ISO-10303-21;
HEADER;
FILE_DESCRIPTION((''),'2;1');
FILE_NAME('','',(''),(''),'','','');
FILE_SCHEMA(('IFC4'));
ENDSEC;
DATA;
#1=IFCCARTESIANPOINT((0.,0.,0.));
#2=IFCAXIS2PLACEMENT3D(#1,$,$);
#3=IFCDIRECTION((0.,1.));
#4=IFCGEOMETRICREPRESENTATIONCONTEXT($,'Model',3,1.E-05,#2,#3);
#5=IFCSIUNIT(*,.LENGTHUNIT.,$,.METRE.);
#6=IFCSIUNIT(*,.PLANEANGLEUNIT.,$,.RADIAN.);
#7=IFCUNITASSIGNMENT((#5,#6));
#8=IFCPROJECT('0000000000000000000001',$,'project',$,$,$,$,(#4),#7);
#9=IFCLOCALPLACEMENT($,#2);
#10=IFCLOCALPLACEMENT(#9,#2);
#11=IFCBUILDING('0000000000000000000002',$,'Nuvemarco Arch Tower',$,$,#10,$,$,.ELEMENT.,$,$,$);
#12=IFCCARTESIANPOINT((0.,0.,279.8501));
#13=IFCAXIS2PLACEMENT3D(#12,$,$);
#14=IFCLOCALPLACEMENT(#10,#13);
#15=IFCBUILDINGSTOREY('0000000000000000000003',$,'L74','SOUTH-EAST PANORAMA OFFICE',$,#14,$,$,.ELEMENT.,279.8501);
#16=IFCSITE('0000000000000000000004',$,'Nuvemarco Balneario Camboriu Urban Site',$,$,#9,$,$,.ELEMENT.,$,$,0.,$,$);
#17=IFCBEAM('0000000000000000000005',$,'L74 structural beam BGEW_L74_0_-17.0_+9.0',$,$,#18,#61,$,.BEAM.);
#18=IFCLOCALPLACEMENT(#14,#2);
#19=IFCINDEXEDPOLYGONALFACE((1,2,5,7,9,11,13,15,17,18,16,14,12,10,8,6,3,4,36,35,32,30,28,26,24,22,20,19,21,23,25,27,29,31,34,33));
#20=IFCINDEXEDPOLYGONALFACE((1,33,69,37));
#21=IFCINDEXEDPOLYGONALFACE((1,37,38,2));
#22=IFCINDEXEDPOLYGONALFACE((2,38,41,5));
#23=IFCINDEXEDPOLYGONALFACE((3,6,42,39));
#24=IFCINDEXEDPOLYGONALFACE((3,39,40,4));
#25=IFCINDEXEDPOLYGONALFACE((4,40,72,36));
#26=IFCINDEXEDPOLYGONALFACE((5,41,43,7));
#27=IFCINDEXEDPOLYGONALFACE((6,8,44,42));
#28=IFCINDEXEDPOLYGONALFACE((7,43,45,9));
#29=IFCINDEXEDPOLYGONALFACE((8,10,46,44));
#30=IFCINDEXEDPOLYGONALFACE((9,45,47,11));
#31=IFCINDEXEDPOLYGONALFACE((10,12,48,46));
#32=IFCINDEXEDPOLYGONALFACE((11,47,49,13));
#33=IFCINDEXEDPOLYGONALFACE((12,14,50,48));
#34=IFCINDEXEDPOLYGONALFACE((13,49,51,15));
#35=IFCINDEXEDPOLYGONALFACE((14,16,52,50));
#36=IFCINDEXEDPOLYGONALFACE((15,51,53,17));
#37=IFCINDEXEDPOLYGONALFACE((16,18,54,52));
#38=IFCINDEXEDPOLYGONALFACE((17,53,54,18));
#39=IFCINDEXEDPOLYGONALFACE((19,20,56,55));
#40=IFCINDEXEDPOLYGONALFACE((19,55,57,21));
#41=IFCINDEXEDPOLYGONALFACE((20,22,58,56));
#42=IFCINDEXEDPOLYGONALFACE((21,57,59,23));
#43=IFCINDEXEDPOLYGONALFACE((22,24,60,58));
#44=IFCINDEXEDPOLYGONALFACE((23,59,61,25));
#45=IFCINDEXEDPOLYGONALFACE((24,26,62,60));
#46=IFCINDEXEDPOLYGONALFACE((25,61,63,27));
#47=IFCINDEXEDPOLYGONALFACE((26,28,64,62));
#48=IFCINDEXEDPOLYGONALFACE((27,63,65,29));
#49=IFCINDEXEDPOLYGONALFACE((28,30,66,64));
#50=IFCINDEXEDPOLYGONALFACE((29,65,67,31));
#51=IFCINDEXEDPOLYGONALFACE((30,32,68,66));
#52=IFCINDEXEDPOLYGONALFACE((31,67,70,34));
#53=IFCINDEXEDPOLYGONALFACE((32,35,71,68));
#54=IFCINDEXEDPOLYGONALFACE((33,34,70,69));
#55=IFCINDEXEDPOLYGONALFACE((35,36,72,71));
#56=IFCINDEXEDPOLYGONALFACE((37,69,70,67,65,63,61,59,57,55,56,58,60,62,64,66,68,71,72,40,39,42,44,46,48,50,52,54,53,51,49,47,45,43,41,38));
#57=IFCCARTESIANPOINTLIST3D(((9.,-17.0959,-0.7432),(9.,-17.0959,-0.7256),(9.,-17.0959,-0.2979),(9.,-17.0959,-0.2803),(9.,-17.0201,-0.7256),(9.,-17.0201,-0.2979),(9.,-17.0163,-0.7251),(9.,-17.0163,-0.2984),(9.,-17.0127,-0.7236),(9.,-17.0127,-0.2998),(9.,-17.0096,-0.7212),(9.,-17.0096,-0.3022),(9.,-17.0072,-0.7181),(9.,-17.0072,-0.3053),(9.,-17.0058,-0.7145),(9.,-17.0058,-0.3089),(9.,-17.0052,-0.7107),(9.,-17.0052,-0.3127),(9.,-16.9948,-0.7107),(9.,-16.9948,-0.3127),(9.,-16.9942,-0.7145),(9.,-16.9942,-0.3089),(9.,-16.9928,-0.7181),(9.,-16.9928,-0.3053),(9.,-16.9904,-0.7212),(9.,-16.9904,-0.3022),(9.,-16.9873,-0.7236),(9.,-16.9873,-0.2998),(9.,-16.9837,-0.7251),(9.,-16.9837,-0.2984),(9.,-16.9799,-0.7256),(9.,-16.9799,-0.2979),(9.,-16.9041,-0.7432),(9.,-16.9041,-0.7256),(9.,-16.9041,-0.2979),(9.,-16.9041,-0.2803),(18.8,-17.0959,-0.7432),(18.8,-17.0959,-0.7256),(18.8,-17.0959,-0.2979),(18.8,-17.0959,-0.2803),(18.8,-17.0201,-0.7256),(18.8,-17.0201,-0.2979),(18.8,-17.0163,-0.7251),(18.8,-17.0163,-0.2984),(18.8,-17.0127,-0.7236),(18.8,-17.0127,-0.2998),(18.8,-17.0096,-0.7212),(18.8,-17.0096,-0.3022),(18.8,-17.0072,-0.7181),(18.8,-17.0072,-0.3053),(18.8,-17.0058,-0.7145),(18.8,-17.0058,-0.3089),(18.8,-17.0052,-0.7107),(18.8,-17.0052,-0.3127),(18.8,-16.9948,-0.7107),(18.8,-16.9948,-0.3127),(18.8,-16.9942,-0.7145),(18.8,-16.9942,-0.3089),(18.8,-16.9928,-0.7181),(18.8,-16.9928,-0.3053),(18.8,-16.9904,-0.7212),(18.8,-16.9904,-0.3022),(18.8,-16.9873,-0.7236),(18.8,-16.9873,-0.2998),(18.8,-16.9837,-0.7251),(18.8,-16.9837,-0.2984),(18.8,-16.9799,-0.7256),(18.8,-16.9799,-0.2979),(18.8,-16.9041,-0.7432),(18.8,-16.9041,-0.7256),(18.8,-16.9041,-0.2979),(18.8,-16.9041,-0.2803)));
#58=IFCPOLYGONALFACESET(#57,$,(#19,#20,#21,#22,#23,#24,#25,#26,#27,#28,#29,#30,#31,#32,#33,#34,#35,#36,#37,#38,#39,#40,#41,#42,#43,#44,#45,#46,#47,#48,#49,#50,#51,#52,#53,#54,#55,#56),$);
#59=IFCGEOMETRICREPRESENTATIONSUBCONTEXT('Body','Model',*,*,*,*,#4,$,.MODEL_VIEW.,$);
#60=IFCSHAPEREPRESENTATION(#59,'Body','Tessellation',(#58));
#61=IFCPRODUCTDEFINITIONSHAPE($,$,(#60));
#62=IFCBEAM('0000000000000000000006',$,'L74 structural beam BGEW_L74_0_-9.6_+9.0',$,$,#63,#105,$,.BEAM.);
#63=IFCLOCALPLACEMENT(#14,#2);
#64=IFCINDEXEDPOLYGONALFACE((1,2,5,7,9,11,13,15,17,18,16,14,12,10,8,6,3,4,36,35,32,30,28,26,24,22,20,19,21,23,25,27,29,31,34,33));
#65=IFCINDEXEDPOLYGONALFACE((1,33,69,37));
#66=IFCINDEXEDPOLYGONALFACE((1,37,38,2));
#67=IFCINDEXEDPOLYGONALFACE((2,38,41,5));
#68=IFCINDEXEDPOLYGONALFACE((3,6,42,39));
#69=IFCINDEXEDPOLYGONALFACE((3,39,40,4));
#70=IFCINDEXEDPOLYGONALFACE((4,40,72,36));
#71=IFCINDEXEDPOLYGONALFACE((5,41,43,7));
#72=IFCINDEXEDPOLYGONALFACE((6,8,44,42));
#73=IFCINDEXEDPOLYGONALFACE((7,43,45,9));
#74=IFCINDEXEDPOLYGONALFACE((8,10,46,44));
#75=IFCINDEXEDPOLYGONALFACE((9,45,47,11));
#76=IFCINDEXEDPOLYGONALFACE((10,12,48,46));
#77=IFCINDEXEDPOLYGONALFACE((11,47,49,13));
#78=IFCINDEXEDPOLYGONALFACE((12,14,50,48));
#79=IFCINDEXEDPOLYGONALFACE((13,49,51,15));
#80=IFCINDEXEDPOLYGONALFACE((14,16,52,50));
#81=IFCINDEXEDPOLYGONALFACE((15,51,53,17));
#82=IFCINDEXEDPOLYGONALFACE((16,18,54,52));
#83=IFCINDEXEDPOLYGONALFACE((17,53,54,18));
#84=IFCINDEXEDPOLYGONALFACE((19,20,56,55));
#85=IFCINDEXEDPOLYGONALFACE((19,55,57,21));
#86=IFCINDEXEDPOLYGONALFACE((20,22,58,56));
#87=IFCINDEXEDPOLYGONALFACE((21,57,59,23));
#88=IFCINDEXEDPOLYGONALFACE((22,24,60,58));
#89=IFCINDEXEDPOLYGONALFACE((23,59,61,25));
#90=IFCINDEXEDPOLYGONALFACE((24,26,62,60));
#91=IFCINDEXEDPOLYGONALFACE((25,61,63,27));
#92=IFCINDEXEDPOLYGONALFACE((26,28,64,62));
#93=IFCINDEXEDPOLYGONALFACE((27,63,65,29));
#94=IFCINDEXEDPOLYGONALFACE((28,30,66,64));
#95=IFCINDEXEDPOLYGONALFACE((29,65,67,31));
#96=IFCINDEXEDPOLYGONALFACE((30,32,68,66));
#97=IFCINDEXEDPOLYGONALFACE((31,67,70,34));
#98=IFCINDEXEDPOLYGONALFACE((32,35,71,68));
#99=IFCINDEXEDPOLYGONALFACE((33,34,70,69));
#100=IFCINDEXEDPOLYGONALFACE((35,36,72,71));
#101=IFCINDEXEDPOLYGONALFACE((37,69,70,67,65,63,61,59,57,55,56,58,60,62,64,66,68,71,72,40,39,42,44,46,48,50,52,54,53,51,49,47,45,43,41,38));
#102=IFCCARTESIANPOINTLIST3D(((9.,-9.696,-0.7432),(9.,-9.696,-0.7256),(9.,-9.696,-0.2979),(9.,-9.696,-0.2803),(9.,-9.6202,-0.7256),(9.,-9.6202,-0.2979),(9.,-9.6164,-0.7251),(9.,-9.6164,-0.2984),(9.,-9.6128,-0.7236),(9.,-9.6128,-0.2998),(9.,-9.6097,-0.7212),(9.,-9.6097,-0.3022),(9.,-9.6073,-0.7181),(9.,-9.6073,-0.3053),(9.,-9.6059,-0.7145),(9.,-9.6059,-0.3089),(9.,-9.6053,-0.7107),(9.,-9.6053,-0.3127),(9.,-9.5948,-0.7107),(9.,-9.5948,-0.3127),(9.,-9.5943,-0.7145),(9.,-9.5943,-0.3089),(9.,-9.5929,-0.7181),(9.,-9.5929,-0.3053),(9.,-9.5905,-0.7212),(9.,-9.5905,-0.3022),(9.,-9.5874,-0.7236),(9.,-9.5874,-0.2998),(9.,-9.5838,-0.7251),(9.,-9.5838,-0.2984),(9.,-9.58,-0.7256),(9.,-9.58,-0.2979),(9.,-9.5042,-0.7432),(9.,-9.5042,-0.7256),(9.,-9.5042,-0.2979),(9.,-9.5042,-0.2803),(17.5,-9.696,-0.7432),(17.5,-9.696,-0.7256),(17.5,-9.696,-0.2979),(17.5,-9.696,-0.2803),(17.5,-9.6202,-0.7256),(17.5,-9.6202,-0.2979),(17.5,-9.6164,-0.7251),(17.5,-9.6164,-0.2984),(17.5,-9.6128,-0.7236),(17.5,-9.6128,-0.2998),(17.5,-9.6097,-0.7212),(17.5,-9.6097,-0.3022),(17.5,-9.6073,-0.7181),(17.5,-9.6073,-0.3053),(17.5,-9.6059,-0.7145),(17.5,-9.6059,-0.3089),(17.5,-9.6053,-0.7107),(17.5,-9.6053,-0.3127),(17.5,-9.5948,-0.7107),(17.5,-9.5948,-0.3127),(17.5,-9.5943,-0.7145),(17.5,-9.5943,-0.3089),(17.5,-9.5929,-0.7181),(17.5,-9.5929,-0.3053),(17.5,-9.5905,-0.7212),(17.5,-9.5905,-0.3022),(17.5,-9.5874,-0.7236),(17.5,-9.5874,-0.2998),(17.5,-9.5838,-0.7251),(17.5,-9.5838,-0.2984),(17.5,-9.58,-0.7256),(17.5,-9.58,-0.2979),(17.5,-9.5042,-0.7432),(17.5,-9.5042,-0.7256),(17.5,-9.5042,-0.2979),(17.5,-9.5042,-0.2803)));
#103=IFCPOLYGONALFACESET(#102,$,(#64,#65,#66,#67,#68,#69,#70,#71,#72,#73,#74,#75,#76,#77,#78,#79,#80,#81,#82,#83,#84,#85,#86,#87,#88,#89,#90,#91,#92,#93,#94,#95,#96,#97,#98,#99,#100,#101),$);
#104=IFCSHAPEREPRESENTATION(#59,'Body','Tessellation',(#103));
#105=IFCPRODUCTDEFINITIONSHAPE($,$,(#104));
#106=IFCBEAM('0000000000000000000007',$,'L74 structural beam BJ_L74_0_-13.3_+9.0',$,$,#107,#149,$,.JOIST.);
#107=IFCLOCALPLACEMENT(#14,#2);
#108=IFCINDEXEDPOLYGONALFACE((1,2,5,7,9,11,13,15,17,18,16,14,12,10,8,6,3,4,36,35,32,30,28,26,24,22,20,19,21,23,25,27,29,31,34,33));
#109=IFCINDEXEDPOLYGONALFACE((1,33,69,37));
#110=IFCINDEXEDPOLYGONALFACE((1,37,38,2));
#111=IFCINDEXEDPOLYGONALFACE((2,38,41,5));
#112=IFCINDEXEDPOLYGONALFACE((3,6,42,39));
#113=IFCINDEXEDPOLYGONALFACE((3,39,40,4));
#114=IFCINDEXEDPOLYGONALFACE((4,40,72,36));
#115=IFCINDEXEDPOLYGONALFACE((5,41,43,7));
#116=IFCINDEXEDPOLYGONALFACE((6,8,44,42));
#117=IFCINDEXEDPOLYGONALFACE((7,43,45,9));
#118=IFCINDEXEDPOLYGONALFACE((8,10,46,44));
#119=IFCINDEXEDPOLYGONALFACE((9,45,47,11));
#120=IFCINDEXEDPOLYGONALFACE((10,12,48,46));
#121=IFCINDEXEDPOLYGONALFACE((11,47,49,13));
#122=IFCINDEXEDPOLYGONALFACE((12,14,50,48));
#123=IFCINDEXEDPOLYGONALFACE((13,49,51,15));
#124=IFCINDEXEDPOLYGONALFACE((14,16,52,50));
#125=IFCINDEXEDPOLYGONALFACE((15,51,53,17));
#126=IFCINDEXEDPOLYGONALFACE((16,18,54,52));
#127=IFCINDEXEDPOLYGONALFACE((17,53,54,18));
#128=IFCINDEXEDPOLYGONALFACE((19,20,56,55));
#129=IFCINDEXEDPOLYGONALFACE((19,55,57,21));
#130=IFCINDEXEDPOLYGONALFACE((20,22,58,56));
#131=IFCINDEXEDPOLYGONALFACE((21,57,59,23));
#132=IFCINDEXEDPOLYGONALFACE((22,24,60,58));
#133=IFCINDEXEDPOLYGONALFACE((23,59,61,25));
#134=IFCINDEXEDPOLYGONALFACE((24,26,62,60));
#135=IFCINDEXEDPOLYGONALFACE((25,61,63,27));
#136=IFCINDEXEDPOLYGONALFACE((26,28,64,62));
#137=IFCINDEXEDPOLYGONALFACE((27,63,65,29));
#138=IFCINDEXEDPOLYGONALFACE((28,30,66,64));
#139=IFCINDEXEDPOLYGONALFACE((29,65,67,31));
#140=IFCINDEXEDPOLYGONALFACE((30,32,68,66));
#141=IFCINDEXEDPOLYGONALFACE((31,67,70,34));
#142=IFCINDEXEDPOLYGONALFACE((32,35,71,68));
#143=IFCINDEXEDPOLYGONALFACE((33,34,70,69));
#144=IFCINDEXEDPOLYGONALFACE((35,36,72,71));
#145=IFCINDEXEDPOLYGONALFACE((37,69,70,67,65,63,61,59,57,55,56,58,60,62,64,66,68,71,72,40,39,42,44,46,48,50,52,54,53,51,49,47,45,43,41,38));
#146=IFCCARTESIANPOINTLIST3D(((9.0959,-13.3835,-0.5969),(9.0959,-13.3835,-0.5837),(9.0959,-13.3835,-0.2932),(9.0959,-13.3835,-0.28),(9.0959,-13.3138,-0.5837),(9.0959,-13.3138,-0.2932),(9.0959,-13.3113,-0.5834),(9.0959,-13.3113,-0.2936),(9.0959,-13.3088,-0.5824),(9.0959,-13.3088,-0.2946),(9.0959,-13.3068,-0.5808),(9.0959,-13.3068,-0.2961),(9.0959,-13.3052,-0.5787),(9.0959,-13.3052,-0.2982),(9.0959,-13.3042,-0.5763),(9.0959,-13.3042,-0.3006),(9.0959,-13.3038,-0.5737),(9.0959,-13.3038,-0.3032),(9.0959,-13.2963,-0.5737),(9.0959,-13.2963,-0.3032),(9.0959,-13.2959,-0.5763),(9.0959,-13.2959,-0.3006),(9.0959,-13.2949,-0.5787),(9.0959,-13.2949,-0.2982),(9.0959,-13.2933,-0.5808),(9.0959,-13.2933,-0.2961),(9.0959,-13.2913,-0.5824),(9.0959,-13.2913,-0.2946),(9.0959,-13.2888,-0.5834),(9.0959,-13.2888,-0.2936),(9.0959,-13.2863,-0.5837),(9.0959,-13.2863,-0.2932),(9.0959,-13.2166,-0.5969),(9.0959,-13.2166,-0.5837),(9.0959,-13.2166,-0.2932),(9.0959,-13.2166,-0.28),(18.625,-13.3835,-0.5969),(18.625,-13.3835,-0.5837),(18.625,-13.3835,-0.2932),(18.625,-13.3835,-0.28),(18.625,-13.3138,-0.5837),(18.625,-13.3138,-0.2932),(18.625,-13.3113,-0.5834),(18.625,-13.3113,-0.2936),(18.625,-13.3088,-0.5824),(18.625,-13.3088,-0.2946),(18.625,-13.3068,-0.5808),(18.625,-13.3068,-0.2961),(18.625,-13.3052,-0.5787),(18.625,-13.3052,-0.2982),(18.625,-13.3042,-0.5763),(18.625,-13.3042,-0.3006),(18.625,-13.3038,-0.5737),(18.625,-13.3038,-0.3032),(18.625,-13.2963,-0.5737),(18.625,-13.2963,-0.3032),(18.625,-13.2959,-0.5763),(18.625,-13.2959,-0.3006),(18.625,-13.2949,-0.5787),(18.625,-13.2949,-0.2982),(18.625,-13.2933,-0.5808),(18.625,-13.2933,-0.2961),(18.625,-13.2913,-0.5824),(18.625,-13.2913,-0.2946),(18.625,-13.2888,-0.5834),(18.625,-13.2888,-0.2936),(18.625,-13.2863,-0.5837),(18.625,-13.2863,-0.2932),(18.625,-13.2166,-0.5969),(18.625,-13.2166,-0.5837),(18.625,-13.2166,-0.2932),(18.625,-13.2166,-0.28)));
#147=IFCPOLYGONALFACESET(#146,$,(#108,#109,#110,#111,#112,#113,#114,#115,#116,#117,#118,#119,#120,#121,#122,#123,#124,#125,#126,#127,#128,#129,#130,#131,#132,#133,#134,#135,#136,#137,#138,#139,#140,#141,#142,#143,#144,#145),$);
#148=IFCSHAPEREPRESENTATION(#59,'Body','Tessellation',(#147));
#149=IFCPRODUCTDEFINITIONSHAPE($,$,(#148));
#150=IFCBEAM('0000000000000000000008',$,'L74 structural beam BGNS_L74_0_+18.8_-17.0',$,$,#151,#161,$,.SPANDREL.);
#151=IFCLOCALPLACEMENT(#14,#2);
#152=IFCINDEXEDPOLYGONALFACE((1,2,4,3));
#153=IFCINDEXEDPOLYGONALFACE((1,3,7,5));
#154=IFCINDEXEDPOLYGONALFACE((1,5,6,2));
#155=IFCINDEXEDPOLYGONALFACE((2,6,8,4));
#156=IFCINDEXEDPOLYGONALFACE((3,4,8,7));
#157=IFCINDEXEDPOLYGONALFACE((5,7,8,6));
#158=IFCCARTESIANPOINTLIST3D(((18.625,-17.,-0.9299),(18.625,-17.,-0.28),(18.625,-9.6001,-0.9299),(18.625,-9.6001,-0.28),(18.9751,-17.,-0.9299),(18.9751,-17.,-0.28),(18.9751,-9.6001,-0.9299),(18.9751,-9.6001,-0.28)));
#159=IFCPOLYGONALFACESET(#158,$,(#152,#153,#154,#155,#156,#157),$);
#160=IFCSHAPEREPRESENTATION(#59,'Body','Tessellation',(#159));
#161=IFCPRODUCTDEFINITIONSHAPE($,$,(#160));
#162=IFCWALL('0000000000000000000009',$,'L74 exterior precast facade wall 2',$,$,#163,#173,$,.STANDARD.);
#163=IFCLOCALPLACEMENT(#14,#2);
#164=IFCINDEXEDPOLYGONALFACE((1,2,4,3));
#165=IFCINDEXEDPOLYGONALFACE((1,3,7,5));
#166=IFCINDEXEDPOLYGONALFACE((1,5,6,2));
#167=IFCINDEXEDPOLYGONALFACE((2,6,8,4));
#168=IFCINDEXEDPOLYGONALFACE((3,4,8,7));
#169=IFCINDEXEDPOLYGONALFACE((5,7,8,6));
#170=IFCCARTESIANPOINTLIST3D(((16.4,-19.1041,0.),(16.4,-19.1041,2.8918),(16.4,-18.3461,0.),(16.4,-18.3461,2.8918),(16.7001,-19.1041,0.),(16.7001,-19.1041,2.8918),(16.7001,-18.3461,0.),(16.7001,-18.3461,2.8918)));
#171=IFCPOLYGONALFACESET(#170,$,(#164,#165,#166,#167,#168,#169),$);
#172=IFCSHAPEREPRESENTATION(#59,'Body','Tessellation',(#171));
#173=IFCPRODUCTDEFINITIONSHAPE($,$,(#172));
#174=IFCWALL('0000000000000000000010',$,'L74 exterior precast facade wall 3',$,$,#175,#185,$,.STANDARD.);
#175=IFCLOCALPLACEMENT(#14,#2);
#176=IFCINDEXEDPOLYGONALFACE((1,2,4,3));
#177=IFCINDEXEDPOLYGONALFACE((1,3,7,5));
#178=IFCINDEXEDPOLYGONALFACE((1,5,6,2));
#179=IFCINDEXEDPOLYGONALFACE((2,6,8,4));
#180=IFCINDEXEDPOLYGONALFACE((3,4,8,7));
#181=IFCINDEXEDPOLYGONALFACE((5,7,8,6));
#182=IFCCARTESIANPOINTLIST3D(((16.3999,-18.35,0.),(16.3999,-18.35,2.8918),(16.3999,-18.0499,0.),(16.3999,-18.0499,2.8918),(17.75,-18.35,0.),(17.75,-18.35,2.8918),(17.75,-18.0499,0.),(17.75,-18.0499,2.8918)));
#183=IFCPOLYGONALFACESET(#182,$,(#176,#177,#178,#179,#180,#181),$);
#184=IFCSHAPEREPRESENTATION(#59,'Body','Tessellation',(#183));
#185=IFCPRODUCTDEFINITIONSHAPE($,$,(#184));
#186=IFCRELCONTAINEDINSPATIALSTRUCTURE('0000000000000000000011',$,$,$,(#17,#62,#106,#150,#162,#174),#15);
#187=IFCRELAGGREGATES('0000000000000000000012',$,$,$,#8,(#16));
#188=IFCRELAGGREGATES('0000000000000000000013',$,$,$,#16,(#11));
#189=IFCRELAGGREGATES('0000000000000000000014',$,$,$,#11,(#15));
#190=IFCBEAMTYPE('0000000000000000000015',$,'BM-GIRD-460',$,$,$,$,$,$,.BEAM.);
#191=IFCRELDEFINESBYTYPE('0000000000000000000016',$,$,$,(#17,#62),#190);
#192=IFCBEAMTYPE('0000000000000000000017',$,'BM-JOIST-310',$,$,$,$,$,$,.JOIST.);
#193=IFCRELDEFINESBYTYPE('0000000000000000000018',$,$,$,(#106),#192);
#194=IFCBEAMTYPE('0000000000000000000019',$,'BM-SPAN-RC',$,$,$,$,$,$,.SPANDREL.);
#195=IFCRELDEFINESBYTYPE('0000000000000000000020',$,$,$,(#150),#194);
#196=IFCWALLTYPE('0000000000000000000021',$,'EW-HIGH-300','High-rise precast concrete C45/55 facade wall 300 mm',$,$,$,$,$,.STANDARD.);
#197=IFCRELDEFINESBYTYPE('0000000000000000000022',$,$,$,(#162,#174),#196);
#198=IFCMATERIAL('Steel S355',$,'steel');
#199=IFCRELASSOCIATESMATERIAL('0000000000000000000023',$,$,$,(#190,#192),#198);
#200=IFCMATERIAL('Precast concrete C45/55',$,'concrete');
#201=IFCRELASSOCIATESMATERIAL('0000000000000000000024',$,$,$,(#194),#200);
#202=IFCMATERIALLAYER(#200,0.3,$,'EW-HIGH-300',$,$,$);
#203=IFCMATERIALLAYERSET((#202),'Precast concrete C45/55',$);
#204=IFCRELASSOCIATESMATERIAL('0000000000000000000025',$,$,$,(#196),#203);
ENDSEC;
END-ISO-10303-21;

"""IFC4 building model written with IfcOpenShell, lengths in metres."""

from ifc_helpers import new_model, si_unit, direction, frame, frame_2d, origin, origin_2d, place, context, subcontext, project, spatial, rectangle, i_section, extrude, material, layer, layer_set, material_profile, profile_set, type_object, element, save


model = new_model("IFC4")

# Units and contexts
model_context = context("Model", 3, precision=1e-05, world=origin(), true_north=direction((0.0, 1.0)))
body_context = subcontext(model_context, "Body", "Model", "MODEL_VIEW")
ifc_project = project(units=[si_unit("LENGTHUNIT", "METRE"), si_unit("PLANEANGLEUNIT", "RADIAN")], contexts=[model_context])

# Site, building, storey
site_placement = place(None, origin())
site = spatial("IfcSite", under=ifc_project, at=site_placement, Name="Nuvemarco Balneario Camboriu Urban Site", CompositionType="ELEMENT", RefElevation=0.0)
building_placement = place(site_placement, origin())
building = spatial("IfcBuilding", under=site, at=building_placement, Name="Nuvemarco Arch Tower", CompositionType="ELEMENT")
storey_placement = place(building_placement, frame((0.0, 0.0, 279.8501)))
storey = spatial("IfcBuildingStorey", under=building, at=storey_placement, Name="L74", Description="SOUTH-EAST PANORAMA OFFICE", CompositionType="ELEMENT", Elevation=279.8501)

# Shared definitions
ifc_material_1 = material(Name="Steel S355", Category="steel")

# Beams
ifc_material_profile_1 = material_profile(ifc_material_1, i_section(OverallWidth=0.1919, OverallDepth=0.4629, WebThickness=0.0105, FlangeThickness=0.0176, FilletRadius=0.0149, at=origin_2d()), Name="W460x89")
ifc_profile_set_1 = profile_set([ifc_material_profile_1], Name="Steel S355")
beam_type_1 = type_object("IfcBeamType", Name="BM-GIRD-460", PredefinedType="BEAM", material=ifc_profile_set_1)
beam_1_placement = place(storey_placement, frame((9.0, -17.0, -0.5117), z_axis=(1.0, 0.0, 0.0), x_axis=(0.0, 1.0, 0.0)))
element("IfcBeam", 1, at=beam_1_placement, inside=storey, type_object=beam_type_1, Name="L74 structural beam BGEW_L74_0_-17.0_+9.0", PredefinedType="BEAM", context=body_context, shape_type="SweptSolid", body=[
    extrude(i_section(OverallWidth=0.1919, OverallDepth=0.4629, WebThickness=0.0105, FlangeThickness=0.0176, FilletRadius=0.0149, at=origin_2d()), origin(), (0.0, 0.0, 1.0), 9.8),
])
beam_2_placement = place(storey_placement, frame((9.0, -9.6001, -0.5117), z_axis=(1.0, 0.0, 0.0), x_axis=(0.0, 1.0, 0.0)))
element("IfcBeam", 2, at=beam_2_placement, inside=storey, type_object=beam_type_1, Name="L74 structural beam BGEW_L74_0_-9.6_+9.0", PredefinedType="BEAM", context=body_context, shape_type="SweptSolid", body=[
    extrude(i_section(OverallWidth=0.1919, OverallDepth=0.4629, WebThickness=0.0105, FlangeThickness=0.0176, FilletRadius=0.0149, at=origin_2d()), origin(), (0.0, 0.0, 1.0), 8.5),
])
ifc_material_profile_2 = material_profile(ifc_material_1, i_section(OverallWidth=0.167, OverallDepth=0.3169, WebThickness=0.0076, FlangeThickness=0.0132, FilletRadius=0.01, at=origin_2d()), Name="W310x52")
ifc_profile_set_2 = profile_set([ifc_material_profile_2], Name="Steel S355")
beam_type_2 = type_object("IfcBeamType", Name="BM-JOIST-310", PredefinedType="JOIST", material=ifc_profile_set_2)
beam_3_placement = place(storey_placement, frame((9.0959, -13.3, -0.4385), z_axis=(1.0, 0.0, 0.0), x_axis=(0.0, 1.0, 0.0)))
element("IfcBeam", 3, at=beam_3_placement, inside=storey, type_object=beam_type_2, Name="L74 structural beam BJ_L74_0_-13.3_+9.0", PredefinedType="JOIST", context=body_context, shape_type="SweptSolid", body=[
    extrude(i_section(OverallWidth=0.167, OverallDepth=0.3169, WebThickness=0.0076, FlangeThickness=0.0132, FilletRadius=0.01, at=origin_2d()), origin(), (0.0, 0.0, 1.0), 9.5291),
])
ifc_material_2 = material(Name="Precast concrete C45/55", Category="concrete")
ifc_material_profile_3 = material_profile(ifc_material_2, rectangle(XDim=0.3501, YDim=0.6499, at=origin_2d()), Name="PC-SP-350x650")
ifc_profile_set_3 = profile_set([ifc_material_profile_3], Name="Precast concrete C45/55")
beam_type_3 = type_object("IfcBeamType", Name="BM-SPAN-RC", PredefinedType="SPANDREL", material=ifc_profile_set_3)
beam_4_placement = place(storey_placement, frame((18.8, -17.0, -0.605), z_axis=(0.0, 1.0, 0.0), x_axis=(-1.0, 0.0, 0.0)))
element("IfcBeam", 4, at=beam_4_placement, inside=storey, type_object=beam_type_3, Name="L74 structural beam BGNS_L74_0_+18.8_-17.0", PredefinedType="SPANDREL", context=body_context, shape_type="SweptSolid", body=[
    extrude(rectangle(XDim=0.3501, YDim=0.6499, at=origin_2d()), origin(), (0.0, 0.0, 1.0), 7.3999),
])

# Walls
ifc_layer_1 = layer(ifc_material_2, 0.3, Name="EW-HIGH-300")
ifc_layer_set_1 = layer_set([ifc_layer_1], Name="Precast concrete C45/55")
wall_type_1 = type_object("IfcWallType", Name="EW-HIGH-300", Description="High-rise precast concrete C45/55 facade wall 300 mm", PredefinedType="STANDARD", material=ifc_layer_set_1)
wall_1_placement = place(storey_placement, frame((16.55, -19.104, 0.0), z_axis=(0.0, 0.0, 1.0), x_axis=(0.0, 1.0, 0.0)))
element("IfcWall", 5, at=wall_1_placement, inside=storey, type_object=wall_type_1, Name="L74 exterior precast facade wall 2", PredefinedType="STANDARD", context=body_context, shape_type="SweptSolid", body=[
    extrude(rectangle(XDim=0.7581, YDim=0.3, at=frame_2d((0.3789, 0.0))), origin(), (0.0, 0.0, 1.0), 2.8918),
])
wall_2_placement = place(storey_placement, frame((16.3999, -18.2, 0.0), z_axis=(0.0, 0.0, 1.0), x_axis=(1.0, 0.0, 0.0)))
element("IfcWall", 6, at=wall_2_placement, inside=storey, type_object=wall_type_1, Name="L74 exterior precast facade wall 3", PredefinedType="STANDARD", context=body_context, shape_type="SweptSolid", body=[
    extrude(rectangle(XDim=1.3501, YDim=0.3, at=frame_2d((0.675, 0.0))), origin(), (0.0, 0.0, 1.0), 2.8918),
])

save(model, "model.ifc")
